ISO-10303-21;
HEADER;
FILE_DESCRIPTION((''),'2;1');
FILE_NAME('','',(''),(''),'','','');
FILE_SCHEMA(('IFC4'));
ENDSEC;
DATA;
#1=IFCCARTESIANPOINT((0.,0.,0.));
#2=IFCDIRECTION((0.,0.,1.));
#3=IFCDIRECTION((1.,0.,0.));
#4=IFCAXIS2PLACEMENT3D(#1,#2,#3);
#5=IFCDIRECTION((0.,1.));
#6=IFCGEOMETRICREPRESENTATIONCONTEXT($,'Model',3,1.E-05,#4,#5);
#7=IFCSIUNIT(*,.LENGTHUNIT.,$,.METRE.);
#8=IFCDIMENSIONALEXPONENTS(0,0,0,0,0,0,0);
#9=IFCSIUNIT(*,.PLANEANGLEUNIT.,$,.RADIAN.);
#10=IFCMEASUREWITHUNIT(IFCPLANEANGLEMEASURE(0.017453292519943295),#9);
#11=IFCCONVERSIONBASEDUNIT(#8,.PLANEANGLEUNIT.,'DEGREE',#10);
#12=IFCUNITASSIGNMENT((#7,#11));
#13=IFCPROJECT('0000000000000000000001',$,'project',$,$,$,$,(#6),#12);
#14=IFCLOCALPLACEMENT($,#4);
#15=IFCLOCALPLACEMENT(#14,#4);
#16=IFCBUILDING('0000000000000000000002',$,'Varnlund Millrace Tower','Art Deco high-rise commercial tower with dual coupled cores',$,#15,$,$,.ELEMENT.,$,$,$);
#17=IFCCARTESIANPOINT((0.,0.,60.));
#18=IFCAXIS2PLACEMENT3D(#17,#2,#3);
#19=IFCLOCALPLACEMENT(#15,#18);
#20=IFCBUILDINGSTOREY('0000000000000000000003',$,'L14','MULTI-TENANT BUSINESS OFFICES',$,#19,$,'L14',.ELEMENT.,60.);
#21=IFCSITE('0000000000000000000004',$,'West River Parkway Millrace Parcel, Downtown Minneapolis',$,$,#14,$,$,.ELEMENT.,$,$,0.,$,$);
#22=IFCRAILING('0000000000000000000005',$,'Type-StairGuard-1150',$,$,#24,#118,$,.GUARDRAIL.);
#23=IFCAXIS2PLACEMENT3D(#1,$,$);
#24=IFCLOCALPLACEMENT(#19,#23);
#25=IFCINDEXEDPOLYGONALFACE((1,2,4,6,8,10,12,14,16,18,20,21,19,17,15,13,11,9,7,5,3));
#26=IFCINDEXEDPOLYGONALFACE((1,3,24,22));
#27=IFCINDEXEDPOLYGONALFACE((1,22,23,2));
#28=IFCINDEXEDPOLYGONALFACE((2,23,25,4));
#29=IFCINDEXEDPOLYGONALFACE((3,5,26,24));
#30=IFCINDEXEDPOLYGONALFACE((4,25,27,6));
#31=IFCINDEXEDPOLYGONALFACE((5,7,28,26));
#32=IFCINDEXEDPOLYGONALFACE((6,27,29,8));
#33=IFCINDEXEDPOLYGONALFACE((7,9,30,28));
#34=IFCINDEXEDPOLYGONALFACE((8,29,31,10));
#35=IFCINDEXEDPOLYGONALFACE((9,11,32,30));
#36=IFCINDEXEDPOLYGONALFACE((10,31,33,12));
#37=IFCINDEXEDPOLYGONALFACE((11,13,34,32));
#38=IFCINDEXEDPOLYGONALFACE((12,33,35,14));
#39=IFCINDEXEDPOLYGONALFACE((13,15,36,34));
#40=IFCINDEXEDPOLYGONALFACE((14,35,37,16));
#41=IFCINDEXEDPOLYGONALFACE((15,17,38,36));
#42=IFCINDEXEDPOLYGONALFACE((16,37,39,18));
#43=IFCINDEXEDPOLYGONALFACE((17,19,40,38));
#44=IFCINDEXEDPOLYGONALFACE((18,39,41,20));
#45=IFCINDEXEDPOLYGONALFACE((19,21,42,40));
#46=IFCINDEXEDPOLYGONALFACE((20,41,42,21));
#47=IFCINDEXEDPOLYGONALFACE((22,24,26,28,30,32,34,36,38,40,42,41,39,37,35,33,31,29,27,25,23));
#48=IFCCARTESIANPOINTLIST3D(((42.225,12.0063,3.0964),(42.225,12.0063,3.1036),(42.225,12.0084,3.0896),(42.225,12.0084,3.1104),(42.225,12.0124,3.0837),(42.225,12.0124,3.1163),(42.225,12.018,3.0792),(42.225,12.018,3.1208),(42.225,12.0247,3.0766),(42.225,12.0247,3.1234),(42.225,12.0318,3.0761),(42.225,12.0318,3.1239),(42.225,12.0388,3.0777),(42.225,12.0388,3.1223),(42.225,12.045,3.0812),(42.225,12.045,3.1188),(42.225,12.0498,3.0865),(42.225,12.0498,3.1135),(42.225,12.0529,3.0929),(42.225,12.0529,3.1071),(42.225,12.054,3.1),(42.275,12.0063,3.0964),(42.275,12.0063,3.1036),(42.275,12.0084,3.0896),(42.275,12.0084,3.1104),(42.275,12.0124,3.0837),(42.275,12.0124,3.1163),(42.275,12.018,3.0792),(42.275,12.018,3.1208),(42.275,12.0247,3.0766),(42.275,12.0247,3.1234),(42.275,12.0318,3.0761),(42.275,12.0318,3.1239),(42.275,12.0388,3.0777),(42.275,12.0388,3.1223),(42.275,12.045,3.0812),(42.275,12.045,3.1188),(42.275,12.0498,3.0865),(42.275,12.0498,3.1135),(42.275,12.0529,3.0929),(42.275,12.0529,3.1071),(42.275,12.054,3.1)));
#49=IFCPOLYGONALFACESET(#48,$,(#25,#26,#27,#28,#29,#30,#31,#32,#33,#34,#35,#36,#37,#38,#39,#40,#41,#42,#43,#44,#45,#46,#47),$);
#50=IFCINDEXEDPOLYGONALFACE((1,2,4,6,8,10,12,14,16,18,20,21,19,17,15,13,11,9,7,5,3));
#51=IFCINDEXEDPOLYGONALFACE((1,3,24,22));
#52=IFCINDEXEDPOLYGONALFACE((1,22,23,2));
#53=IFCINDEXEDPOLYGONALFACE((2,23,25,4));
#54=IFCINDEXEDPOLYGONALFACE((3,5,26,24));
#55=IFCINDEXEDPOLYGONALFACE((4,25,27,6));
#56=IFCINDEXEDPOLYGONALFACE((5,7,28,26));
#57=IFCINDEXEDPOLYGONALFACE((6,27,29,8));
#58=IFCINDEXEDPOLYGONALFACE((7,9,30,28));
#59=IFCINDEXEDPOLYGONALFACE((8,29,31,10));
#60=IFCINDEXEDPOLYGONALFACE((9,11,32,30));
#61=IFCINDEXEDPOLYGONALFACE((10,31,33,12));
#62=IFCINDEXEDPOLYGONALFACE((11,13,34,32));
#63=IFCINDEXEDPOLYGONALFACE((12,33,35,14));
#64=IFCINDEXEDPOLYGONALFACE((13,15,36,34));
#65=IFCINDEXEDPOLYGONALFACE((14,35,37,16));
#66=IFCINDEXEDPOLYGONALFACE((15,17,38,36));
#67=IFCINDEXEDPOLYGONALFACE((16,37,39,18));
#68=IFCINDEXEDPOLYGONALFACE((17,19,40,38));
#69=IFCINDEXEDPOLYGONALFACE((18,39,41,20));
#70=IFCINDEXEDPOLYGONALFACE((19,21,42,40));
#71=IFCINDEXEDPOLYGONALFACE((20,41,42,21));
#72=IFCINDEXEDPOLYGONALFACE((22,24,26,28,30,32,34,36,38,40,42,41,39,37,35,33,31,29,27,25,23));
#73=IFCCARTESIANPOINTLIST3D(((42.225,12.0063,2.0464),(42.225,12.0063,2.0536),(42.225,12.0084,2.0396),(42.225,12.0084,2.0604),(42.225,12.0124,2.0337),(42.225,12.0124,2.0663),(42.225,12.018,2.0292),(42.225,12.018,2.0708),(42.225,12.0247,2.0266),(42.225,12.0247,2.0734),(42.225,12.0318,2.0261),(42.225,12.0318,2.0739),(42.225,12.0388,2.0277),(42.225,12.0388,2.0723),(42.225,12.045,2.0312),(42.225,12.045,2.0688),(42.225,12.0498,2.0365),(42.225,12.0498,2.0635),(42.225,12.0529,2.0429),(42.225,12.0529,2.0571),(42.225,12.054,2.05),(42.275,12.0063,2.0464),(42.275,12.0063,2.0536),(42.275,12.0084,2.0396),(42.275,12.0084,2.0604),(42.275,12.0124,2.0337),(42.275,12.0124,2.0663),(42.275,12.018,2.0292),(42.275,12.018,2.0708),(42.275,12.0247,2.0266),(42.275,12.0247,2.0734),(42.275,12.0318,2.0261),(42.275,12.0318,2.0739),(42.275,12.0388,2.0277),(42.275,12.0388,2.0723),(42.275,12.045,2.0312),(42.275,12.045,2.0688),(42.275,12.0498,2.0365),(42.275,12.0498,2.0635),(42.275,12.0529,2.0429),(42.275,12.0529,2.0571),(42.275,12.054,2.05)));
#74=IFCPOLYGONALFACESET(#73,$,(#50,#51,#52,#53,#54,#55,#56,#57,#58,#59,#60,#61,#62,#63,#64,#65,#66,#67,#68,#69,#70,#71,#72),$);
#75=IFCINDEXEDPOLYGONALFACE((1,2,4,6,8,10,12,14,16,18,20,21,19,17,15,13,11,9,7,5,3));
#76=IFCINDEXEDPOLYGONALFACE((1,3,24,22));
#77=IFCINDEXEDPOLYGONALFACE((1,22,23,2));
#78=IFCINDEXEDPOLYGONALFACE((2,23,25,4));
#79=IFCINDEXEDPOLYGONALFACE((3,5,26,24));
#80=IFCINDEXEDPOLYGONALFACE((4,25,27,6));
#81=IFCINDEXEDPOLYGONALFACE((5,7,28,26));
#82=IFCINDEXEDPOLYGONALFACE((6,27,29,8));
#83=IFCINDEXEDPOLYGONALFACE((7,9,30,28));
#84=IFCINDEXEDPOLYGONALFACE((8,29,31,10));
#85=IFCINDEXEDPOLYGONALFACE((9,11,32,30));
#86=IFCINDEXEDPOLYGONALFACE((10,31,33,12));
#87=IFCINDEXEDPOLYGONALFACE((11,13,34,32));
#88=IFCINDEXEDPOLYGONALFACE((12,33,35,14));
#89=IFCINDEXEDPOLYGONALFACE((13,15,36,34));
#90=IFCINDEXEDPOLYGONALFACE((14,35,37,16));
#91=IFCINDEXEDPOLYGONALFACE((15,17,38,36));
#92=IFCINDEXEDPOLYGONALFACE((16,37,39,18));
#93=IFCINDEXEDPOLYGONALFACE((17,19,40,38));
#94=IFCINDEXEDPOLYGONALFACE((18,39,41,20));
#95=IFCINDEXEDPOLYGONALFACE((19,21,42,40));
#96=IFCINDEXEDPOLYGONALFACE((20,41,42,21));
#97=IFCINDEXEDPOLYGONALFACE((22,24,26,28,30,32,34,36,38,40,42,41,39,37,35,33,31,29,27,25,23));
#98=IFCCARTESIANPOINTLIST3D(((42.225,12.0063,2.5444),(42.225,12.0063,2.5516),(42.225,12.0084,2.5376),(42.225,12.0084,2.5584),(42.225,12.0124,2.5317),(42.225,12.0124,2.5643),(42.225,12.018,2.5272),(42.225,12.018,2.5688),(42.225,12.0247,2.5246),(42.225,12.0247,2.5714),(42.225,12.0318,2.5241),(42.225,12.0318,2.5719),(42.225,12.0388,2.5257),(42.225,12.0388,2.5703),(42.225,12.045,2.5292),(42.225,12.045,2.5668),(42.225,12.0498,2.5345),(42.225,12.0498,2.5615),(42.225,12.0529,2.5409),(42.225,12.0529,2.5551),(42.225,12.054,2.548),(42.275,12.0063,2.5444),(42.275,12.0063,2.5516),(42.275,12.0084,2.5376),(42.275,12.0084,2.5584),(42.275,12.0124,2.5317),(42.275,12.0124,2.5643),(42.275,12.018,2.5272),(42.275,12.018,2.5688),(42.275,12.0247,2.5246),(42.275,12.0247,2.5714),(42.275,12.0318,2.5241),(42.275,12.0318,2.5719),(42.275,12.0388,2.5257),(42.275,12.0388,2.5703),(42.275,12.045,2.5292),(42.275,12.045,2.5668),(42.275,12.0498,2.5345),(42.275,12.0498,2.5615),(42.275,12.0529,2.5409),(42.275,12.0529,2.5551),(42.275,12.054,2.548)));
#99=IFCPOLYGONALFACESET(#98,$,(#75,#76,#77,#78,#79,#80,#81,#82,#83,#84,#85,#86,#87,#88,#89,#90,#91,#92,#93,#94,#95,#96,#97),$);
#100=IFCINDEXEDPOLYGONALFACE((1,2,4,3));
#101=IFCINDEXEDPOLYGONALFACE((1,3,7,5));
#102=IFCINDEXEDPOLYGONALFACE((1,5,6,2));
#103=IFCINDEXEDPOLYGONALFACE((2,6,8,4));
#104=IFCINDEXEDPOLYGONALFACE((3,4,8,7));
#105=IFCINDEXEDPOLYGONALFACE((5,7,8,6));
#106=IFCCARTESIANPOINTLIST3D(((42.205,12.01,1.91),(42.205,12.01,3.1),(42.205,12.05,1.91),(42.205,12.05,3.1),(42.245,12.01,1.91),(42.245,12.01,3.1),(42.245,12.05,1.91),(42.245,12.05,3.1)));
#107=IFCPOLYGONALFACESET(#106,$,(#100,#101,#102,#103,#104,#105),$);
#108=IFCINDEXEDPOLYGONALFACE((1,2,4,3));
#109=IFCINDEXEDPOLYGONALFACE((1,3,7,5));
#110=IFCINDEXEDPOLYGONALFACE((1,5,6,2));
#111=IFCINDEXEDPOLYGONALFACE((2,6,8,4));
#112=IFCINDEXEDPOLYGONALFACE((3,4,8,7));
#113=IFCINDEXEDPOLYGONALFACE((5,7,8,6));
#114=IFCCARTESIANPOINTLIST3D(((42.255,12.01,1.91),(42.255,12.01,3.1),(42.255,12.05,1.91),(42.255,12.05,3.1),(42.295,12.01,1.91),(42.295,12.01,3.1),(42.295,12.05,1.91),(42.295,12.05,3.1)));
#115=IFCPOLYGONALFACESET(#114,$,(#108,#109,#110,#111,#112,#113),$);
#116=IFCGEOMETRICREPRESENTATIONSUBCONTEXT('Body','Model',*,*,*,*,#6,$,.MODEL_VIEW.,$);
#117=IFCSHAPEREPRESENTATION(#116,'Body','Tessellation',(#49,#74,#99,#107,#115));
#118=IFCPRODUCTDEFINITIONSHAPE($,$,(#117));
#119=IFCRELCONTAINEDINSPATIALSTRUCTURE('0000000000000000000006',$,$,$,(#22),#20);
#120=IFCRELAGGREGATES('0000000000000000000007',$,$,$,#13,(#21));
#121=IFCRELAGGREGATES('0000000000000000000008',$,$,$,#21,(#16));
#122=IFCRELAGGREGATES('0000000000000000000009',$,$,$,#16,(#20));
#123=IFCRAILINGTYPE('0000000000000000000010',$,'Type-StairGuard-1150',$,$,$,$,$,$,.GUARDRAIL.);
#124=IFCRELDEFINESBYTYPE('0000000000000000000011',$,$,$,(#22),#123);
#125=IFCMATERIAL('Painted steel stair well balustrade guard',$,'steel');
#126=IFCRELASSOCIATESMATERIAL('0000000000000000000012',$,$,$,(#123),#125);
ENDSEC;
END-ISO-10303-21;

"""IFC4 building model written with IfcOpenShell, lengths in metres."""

from ifc_helpers import new_model, entity, si_unit, converted_unit, direction, frame, origin_with_axes, origin_2d_with_axis, place, context, subcontext, project, spatial, rectangle, circle, extrude, material, type_object, element, save


model = new_model("IFC4")

# Units and contexts
model_context = context("Model", 3, precision=1e-05, world=origin_with_axes(), true_north=direction((0.0, 1.0)))
body_context = subcontext(model_context, "Body", "Model", "MODEL_VIEW")
ifc_project = project(units=[si_unit("LENGTHUNIT", "METRE"), converted_unit("PLANEANGLEUNIT", "DEGREE", entity("IfcPlaneAngleMeasure", 0.017453292519943295), si_unit("PLANEANGLEUNIT", "RADIAN"), dimensions=[0, 0, 0, 0, 0, 0, 0])], contexts=[model_context])

# Site, building, storey
site_placement = place(None, origin_with_axes())
site = spatial("IfcSite", under=ifc_project, at=site_placement, Name="West River Parkway Millrace Parcel, Downtown Minneapolis", CompositionType="ELEMENT", RefElevation=0.0)
building_placement = place(site_placement, origin_with_axes())
building = spatial("IfcBuilding", under=site, at=building_placement, Name="Varnlund Millrace Tower", Description="Art Deco high-rise commercial tower with dual coupled cores", CompositionType="ELEMENT")
storey_placement = place(building_placement, frame((0.0, 0.0, 60.0), z_axis=(0.0, 0.0, 1.0), x_axis=(1.0, 0.0, 0.0)))
storey = spatial("IfcBuildingStorey", under=building, at=storey_placement, Name="L14", Description="MULTI-TENANT BUSINESS OFFICES", LongName="L14", CompositionType="ELEMENT", Elevation=60.0)

# Railing
ifc_material_1 = material(Name="Painted steel stair well balustrade guard", Category="steel")
railing_type_1 = type_object("IfcRailingType", Name="Type-StairGuard-1150", PredefinedType="GUARDRAIL", material=ifc_material_1)
railing_1_placement = place(storey_placement, frame((0.0, 0.0, -60.0), z_axis=(0.0, 0.0, 1.0), x_axis=(1.0, 0.0, 0.0)))
element("IfcRailing", 1, at=railing_1_placement, inside=storey, type_object=railing_type_1, Name="Type-StairGuard-1150", PredefinedType="GUARDRAIL", context=body_context, shape_type="SweptSolid", body=[
    extrude(circle(Radius=0.024, at=origin_2d_with_axis()), frame((42.225, 12.03, 63.1), z_axis=(1.0, 0.0, 0.0), x_axis=(0.0, 1.0, 0.0)), (0.0, 0.0, 1.0), 0.05),
    extrude(circle(Radius=0.024, at=origin_2d_with_axis()), frame((42.225, 12.03, 62.05), z_axis=(1.0, 0.0, 0.0), x_axis=(0.0, 1.0, 0.0)), (0.0, 0.0, 1.0), 0.05),
    extrude(circle(Radius=0.024, at=origin_2d_with_axis()), frame((42.225, 12.03, 62.548), z_axis=(1.0, 0.0, 0.0), x_axis=(0.0, 1.0, 0.0)), (0.0, 0.0, 1.0), 0.05),
    extrude(rectangle(XDim=0.04, YDim=0.04, at=origin_2d_with_axis()), frame((42.225, 12.03, 61.91), z_axis=(0.0, 0.0, 1.0), x_axis=(1.0, 0.0, 0.0)), (0.0, 0.0, 1.0), 1.19),
    extrude(rectangle(XDim=0.04, YDim=0.04, at=origin_2d_with_axis()), frame((42.275, 12.03, 61.91), z_axis=(0.0, 0.0, 1.0), x_axis=(1.0, 0.0, 0.0)), (0.0, 0.0, 1.0), 1.19),
])

save(model, "model.ifc")
